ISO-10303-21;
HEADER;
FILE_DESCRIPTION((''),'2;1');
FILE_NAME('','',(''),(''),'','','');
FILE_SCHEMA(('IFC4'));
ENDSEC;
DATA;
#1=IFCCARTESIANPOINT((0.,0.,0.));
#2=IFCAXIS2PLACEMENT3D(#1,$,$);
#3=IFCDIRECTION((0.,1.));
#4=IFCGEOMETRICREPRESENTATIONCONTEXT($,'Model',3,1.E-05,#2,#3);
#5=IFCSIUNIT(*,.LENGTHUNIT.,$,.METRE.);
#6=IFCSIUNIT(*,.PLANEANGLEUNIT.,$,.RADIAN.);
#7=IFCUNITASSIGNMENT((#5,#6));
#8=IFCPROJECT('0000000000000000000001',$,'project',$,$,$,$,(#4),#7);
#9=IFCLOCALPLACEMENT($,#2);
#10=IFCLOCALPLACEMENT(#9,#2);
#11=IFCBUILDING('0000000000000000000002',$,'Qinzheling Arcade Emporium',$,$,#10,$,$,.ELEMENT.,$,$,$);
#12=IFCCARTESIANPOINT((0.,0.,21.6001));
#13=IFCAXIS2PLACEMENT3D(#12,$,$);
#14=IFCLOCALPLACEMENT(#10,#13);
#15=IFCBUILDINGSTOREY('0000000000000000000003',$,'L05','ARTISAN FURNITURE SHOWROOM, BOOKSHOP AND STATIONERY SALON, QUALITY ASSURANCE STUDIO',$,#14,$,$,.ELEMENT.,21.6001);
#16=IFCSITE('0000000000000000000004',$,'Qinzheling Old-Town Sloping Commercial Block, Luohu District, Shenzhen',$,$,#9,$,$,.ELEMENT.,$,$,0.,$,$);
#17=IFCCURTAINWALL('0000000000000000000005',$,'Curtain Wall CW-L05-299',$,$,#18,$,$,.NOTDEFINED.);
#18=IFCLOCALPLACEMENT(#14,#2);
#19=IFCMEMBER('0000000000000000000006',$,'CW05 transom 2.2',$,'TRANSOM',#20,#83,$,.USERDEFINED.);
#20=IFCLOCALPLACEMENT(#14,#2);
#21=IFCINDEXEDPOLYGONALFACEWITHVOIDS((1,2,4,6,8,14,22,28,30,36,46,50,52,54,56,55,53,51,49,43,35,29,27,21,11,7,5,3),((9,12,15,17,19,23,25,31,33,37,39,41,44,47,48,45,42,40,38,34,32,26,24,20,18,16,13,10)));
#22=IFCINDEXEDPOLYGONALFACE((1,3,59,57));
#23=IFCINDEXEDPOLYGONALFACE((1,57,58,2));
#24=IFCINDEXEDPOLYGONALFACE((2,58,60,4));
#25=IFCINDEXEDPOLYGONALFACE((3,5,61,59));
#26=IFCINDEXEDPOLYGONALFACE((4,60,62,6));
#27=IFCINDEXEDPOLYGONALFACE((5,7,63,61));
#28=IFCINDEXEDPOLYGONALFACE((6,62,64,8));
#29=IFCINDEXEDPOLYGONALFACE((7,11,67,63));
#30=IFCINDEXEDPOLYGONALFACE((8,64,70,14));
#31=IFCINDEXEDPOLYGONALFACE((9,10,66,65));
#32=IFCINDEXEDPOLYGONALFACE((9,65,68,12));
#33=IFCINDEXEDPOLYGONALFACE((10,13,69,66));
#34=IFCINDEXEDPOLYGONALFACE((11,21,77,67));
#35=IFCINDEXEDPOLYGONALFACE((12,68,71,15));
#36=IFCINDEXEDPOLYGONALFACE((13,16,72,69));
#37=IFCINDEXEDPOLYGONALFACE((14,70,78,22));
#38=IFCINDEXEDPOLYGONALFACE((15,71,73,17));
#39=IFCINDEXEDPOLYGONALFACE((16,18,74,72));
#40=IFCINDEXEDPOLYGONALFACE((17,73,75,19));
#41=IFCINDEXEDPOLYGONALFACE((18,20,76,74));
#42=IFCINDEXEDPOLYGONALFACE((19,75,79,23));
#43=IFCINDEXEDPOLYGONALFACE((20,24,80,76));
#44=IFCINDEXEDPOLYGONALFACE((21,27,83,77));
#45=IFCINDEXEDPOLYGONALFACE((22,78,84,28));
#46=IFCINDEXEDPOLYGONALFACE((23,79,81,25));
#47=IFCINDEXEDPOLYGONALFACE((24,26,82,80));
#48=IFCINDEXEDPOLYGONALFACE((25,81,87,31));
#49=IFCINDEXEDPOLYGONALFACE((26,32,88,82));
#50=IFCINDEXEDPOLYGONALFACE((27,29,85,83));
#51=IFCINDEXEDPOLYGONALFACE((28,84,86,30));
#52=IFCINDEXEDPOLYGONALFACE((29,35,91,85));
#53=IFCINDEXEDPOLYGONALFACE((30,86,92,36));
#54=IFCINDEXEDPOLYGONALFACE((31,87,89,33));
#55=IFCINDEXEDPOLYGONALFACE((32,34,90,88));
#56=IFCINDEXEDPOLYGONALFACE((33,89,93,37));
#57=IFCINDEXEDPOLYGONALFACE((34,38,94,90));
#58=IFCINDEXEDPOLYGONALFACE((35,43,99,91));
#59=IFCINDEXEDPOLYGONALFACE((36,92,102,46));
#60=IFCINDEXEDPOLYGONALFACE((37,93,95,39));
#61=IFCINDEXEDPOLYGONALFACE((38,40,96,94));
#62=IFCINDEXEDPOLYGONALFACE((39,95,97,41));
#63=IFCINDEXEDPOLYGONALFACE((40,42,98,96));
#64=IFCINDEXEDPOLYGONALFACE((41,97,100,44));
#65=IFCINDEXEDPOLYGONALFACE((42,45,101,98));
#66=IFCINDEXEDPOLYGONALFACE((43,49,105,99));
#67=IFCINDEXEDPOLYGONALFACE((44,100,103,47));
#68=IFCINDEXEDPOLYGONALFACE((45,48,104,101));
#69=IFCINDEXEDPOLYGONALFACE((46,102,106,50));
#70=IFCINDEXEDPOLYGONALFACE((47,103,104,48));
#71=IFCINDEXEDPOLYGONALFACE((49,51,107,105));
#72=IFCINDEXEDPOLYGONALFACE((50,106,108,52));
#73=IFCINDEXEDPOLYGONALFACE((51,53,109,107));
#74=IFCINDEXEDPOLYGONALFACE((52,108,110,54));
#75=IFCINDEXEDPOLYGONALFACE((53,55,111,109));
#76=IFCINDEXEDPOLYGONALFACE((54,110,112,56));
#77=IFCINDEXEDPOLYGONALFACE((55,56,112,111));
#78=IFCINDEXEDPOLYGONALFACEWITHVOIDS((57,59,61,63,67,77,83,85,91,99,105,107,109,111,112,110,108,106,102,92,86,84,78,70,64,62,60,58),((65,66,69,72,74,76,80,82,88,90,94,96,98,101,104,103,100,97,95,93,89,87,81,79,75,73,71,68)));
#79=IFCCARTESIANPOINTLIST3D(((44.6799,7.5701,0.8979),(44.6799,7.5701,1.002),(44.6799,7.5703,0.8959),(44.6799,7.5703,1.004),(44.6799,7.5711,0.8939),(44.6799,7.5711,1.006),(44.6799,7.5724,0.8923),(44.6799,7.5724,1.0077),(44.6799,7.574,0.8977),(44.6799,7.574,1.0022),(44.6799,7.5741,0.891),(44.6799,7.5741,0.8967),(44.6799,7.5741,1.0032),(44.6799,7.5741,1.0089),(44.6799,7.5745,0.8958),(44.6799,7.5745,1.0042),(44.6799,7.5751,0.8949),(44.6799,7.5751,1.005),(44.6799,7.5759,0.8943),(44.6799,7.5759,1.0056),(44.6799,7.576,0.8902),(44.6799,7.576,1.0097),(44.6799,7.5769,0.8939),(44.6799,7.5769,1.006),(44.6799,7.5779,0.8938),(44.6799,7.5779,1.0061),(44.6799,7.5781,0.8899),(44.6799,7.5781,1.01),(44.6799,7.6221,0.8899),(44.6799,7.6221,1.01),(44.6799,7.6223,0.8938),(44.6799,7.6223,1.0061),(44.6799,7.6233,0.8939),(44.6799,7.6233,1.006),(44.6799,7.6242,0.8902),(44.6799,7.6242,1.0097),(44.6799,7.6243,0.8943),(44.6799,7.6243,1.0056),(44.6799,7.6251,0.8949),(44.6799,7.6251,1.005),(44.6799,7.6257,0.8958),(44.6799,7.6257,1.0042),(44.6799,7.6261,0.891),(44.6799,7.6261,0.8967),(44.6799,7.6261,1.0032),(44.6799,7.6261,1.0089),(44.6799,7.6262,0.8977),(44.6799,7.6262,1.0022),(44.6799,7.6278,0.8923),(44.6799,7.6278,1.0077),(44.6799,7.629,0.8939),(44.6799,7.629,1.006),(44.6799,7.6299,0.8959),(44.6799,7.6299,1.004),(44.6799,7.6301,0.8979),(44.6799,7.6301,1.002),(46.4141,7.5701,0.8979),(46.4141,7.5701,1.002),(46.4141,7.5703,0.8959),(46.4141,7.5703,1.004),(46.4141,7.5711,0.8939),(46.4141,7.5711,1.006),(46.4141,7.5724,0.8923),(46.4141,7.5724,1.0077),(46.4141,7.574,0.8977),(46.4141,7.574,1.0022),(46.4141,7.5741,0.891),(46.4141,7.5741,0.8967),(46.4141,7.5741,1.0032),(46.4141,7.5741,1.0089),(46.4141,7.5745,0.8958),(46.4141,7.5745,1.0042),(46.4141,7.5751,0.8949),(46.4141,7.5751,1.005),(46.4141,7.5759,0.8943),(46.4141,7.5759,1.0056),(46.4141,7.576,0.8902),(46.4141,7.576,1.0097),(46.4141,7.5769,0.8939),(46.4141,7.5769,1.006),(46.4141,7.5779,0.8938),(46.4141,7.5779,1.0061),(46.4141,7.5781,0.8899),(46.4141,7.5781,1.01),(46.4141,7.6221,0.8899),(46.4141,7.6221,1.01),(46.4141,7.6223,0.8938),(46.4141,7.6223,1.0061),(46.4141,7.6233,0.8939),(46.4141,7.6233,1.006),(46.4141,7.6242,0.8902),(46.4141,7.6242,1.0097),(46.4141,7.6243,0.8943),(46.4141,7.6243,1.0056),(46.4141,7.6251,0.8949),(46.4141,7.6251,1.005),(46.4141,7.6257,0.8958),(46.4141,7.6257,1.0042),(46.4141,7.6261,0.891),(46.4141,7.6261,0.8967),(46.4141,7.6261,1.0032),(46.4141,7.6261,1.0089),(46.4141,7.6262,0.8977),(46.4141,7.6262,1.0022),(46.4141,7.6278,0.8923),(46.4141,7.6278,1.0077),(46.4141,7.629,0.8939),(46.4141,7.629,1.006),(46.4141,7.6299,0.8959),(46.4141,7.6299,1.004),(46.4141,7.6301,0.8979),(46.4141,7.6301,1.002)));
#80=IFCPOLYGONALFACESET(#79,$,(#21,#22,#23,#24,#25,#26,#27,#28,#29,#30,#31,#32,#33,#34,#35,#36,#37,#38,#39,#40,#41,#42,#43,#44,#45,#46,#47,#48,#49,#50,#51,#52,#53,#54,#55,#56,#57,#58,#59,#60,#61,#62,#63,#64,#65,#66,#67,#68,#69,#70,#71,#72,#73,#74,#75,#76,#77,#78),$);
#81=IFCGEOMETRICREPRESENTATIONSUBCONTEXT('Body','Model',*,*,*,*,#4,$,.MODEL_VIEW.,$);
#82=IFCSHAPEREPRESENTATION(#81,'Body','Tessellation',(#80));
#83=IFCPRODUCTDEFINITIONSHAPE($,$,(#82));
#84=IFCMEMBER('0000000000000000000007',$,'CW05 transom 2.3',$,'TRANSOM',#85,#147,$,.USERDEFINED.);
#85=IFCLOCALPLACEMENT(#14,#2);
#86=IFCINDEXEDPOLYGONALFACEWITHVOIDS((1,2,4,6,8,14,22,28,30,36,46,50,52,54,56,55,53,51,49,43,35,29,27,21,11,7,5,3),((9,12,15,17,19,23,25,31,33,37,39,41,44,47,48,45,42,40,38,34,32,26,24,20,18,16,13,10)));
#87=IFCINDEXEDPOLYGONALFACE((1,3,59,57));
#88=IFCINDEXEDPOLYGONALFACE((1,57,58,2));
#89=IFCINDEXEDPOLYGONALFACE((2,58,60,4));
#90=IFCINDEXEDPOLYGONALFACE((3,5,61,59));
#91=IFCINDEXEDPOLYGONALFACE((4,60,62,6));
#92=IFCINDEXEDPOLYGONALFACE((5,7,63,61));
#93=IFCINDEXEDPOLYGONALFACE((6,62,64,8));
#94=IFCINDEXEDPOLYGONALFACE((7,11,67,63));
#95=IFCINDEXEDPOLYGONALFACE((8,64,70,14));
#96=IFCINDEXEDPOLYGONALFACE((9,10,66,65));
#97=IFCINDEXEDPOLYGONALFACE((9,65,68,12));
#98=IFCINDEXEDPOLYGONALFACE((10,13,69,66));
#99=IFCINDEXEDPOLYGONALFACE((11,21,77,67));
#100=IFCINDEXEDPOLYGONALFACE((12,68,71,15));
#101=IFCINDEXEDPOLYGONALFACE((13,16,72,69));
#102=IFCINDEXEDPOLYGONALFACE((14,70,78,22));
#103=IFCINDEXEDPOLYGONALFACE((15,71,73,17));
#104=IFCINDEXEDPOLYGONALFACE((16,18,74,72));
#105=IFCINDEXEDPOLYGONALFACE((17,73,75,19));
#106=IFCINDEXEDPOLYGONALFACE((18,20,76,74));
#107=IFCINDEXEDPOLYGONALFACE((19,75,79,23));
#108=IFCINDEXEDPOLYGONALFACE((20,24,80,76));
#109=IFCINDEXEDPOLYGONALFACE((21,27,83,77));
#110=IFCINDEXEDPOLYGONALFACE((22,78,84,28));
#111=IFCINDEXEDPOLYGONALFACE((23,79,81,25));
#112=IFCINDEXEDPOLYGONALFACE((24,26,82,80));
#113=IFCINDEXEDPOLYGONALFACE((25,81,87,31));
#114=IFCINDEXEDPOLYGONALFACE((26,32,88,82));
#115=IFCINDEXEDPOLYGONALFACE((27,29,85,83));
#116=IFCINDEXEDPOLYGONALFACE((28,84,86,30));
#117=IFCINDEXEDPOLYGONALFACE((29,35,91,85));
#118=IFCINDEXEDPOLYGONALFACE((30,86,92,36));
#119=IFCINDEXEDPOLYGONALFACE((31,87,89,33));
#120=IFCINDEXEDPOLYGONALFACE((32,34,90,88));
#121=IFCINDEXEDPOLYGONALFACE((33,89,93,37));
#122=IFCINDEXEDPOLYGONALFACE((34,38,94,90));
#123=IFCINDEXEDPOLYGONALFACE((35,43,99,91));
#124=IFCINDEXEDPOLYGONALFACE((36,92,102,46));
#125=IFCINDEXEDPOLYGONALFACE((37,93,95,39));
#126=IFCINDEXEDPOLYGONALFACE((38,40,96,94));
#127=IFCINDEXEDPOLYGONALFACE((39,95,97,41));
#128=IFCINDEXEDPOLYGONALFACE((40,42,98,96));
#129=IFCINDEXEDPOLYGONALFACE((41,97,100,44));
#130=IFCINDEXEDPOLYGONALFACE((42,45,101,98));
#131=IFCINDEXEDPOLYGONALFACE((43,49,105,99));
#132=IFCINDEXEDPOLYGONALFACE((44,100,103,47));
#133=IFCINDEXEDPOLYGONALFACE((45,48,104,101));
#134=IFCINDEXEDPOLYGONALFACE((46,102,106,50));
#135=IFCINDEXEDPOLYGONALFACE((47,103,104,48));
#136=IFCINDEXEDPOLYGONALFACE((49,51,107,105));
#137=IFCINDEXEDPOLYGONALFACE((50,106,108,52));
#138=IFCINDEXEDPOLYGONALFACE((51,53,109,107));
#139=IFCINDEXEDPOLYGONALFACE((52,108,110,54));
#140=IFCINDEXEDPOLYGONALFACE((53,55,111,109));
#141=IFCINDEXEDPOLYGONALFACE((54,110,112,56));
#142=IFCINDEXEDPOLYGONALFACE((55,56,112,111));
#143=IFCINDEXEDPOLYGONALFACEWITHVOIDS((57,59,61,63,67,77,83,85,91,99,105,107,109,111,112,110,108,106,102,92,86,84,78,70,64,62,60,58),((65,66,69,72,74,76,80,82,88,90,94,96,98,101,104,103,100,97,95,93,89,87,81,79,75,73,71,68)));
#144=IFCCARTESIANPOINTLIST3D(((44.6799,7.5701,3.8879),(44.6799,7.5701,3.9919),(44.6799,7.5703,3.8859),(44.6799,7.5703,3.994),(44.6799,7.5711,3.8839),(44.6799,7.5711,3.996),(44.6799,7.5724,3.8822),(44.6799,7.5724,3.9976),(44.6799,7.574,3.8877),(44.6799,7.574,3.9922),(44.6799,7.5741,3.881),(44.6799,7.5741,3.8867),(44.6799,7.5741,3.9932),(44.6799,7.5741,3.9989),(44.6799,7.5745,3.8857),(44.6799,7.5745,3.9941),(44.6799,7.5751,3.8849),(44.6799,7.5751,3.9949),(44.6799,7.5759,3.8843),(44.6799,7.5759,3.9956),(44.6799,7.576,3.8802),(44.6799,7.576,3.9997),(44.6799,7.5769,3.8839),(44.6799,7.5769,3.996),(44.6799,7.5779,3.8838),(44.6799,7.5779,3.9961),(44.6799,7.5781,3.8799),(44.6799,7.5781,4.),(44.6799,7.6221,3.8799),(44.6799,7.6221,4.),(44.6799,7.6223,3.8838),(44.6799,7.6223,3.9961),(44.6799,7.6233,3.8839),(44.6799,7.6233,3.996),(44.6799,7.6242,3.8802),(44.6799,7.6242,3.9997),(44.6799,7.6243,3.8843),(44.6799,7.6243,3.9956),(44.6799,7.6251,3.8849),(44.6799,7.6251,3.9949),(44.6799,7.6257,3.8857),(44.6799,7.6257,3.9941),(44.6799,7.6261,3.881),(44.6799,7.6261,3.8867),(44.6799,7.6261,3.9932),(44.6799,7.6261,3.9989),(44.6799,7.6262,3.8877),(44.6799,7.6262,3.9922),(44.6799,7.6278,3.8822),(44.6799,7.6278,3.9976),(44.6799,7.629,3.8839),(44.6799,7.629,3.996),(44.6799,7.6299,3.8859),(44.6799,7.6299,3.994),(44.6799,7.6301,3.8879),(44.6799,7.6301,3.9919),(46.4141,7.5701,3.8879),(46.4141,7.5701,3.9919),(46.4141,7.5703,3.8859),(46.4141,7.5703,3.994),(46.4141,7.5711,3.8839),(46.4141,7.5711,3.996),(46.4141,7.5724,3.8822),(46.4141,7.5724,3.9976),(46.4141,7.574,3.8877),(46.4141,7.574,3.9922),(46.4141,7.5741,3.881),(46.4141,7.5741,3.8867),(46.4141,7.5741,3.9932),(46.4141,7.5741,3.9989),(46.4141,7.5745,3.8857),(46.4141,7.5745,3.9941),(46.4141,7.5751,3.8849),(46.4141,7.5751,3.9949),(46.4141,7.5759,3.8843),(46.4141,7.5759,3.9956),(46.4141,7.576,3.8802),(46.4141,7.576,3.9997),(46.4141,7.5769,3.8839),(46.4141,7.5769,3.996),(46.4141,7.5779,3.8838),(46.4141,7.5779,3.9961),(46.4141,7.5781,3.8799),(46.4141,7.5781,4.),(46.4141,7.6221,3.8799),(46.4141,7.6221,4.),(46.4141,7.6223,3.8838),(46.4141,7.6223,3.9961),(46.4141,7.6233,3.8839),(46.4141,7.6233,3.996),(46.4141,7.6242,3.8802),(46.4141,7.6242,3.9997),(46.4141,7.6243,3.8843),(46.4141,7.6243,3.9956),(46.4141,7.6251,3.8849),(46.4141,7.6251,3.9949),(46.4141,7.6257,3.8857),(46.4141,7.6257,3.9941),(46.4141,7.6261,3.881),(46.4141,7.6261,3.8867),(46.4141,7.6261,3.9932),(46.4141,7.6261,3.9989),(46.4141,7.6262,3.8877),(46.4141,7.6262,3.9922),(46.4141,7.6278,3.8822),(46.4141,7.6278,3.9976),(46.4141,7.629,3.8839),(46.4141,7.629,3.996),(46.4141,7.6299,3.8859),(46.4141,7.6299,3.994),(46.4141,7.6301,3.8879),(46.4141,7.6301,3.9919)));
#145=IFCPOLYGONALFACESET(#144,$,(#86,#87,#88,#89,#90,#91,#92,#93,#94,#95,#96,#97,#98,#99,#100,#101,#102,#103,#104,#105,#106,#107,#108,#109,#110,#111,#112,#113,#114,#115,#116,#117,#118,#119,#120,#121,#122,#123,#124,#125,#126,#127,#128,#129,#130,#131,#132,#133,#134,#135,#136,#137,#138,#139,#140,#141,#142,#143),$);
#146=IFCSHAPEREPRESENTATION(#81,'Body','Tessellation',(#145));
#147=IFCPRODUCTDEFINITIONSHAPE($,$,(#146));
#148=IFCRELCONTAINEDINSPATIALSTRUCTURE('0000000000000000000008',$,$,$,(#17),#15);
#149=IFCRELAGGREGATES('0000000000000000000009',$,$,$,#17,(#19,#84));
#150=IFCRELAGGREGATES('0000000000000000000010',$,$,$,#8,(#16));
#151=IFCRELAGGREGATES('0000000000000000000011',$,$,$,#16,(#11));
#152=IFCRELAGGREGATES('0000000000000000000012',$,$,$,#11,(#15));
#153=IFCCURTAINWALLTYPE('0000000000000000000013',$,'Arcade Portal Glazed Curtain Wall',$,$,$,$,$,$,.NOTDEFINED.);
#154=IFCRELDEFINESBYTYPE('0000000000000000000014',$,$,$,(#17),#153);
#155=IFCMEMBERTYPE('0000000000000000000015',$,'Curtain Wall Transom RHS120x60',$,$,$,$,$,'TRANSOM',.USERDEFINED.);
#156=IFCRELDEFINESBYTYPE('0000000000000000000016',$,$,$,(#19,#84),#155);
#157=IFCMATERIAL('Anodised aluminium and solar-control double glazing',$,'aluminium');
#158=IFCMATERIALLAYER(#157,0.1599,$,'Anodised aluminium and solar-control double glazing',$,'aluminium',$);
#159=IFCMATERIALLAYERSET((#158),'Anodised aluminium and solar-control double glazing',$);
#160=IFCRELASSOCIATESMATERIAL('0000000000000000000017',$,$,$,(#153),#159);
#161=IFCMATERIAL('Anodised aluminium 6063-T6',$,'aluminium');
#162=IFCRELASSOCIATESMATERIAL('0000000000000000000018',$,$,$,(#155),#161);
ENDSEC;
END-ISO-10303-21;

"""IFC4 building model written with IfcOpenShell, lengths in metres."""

from ifc_helpers import new_model, si_unit, direction, frame, origin, origin_2d, place, context, subcontext, project, spatial, hollow_rectangle, extrude, material, layer, layer_set, material_profile, profile_set, type_object, element, aggregate, save


model = new_model("IFC4")

# Units and contexts
model_context = context("Model", 3, precision=1e-05, world=origin(), true_north=direction((0.0, 1.0)))
body_context = subcontext(model_context, "Body", "Model", "MODEL_VIEW")
ifc_project = project(units=[si_unit("LENGTHUNIT", "METRE"), si_unit("PLANEANGLEUNIT", "RADIAN")], contexts=[model_context])

# Site, building, storey
site_placement = place(None, origin())
site = spatial("IfcSite", under=ifc_project, at=site_placement, Name="Qinzheling Old-Town Sloping Commercial Block, Luohu District, Shenzhen", CompositionType="ELEMENT", RefElevation=0.0)
building_placement = place(site_placement, origin())
building = spatial("IfcBuilding", under=site, at=building_placement, Name="Qinzheling Arcade Emporium", CompositionType="ELEMENT")
storey_placement = place(building_placement, frame((0.0, 0.0, 21.6001)))
storey = spatial("IfcBuildingStorey", under=building, at=storey_placement, Name="L05", Description="ARTISAN FURNITURE SHOWROOM, BOOKSHOP AND STATIONERY SALON, QUALITY ASSURANCE STUDIO", CompositionType="ELEMENT", Elevation=21.6001)

# Shared definitions
ifc_material_1 = material(Name="Anodised aluminium and solar-control double glazing", Category="aluminium")
ifc_layer_1 = layer(ifc_material_1, 0.1599, Name="Anodised aluminium and solar-control double glazing", Category="aluminium")
ifc_layer_set_1 = layer_set([ifc_layer_1], Name="Anodised aluminium and solar-control double glazing")
curtain_wall_type = type_object("IfcCurtainWallType", Name="Arcade Portal Glazed Curtain Wall", PredefinedType="NOTDEFINED", material=ifc_layer_set_1)
ifc_material_2 = material(Name="Anodised aluminium 6063-T6", Category="aluminium")

# Curtain wall, members
curtain_wall_1_placement = place(storey_placement, origin())
curtain_wall_1 = element("IfcCurtainWall", 1, at=curtain_wall_1_placement, inside=storey, type_object=curtain_wall_type, Name="Curtain Wall CW-L05-299", PredefinedType="NOTDEFINED")
ifc_material_profile_1 = material_profile(ifc_material_2, hollow_rectangle(XDim=0.0601, YDim=0.1201, WallThickness=0.0039, InnerFilletRadius=0.0039, OuterFilletRadius=0.0081, at=origin_2d()), Name="RHS 120x60x4", Category="aluminium")
ifc_profile_set_1 = profile_set([ifc_material_profile_1], Name="Anodised aluminium 6063-T6")
member_type_1 = type_object("IfcMemberType", Name="Curtain Wall Transom RHS120x60", ElementType="TRANSOM", PredefinedType="USERDEFINED", material=ifc_profile_set_1)
member_1_placement = place(storey_placement, frame((46.4141, 7.6001, 0.95), z_axis=(-1.0, 0.0, 0.0), x_axis=(0.0, -1.0, 0.0)))
member_1 = element("IfcMember", 2, at=member_1_placement, type_object=member_type_1, Name="CW05 transom 2.2", ObjectType="TRANSOM", PredefinedType="USERDEFINED", context=body_context, shape_type="SweptSolid", body=[
    extrude(hollow_rectangle(XDim=0.0601, YDim=0.1201, WallThickness=0.0039, InnerFilletRadius=0.0039, OuterFilletRadius=0.0081, at=origin_2d()), origin(), (0.0, 0.0, 1.0), 1.7341),
])
member_2_placement = place(storey_placement, frame((46.4141, 7.6001, 3.9399), z_axis=(-1.0, 0.0, 0.0), x_axis=(0.0, -1.0, 0.0)))
member_2 = element("IfcMember", 3, at=member_2_placement, type_object=member_type_1, Name="CW05 transom 2.3", ObjectType="TRANSOM", PredefinedType="USERDEFINED", context=body_context, shape_type="SweptSolid", body=[
    extrude(hollow_rectangle(XDim=0.0601, YDim=0.1201, WallThickness=0.0039, InnerFilletRadius=0.0039, OuterFilletRadius=0.0081, at=origin_2d()), origin(), (0.0, 0.0, 1.0), 1.7341),
])

aggregate(curtain_wall_1, [member_1, member_2])

save(model, "model.ifc")
